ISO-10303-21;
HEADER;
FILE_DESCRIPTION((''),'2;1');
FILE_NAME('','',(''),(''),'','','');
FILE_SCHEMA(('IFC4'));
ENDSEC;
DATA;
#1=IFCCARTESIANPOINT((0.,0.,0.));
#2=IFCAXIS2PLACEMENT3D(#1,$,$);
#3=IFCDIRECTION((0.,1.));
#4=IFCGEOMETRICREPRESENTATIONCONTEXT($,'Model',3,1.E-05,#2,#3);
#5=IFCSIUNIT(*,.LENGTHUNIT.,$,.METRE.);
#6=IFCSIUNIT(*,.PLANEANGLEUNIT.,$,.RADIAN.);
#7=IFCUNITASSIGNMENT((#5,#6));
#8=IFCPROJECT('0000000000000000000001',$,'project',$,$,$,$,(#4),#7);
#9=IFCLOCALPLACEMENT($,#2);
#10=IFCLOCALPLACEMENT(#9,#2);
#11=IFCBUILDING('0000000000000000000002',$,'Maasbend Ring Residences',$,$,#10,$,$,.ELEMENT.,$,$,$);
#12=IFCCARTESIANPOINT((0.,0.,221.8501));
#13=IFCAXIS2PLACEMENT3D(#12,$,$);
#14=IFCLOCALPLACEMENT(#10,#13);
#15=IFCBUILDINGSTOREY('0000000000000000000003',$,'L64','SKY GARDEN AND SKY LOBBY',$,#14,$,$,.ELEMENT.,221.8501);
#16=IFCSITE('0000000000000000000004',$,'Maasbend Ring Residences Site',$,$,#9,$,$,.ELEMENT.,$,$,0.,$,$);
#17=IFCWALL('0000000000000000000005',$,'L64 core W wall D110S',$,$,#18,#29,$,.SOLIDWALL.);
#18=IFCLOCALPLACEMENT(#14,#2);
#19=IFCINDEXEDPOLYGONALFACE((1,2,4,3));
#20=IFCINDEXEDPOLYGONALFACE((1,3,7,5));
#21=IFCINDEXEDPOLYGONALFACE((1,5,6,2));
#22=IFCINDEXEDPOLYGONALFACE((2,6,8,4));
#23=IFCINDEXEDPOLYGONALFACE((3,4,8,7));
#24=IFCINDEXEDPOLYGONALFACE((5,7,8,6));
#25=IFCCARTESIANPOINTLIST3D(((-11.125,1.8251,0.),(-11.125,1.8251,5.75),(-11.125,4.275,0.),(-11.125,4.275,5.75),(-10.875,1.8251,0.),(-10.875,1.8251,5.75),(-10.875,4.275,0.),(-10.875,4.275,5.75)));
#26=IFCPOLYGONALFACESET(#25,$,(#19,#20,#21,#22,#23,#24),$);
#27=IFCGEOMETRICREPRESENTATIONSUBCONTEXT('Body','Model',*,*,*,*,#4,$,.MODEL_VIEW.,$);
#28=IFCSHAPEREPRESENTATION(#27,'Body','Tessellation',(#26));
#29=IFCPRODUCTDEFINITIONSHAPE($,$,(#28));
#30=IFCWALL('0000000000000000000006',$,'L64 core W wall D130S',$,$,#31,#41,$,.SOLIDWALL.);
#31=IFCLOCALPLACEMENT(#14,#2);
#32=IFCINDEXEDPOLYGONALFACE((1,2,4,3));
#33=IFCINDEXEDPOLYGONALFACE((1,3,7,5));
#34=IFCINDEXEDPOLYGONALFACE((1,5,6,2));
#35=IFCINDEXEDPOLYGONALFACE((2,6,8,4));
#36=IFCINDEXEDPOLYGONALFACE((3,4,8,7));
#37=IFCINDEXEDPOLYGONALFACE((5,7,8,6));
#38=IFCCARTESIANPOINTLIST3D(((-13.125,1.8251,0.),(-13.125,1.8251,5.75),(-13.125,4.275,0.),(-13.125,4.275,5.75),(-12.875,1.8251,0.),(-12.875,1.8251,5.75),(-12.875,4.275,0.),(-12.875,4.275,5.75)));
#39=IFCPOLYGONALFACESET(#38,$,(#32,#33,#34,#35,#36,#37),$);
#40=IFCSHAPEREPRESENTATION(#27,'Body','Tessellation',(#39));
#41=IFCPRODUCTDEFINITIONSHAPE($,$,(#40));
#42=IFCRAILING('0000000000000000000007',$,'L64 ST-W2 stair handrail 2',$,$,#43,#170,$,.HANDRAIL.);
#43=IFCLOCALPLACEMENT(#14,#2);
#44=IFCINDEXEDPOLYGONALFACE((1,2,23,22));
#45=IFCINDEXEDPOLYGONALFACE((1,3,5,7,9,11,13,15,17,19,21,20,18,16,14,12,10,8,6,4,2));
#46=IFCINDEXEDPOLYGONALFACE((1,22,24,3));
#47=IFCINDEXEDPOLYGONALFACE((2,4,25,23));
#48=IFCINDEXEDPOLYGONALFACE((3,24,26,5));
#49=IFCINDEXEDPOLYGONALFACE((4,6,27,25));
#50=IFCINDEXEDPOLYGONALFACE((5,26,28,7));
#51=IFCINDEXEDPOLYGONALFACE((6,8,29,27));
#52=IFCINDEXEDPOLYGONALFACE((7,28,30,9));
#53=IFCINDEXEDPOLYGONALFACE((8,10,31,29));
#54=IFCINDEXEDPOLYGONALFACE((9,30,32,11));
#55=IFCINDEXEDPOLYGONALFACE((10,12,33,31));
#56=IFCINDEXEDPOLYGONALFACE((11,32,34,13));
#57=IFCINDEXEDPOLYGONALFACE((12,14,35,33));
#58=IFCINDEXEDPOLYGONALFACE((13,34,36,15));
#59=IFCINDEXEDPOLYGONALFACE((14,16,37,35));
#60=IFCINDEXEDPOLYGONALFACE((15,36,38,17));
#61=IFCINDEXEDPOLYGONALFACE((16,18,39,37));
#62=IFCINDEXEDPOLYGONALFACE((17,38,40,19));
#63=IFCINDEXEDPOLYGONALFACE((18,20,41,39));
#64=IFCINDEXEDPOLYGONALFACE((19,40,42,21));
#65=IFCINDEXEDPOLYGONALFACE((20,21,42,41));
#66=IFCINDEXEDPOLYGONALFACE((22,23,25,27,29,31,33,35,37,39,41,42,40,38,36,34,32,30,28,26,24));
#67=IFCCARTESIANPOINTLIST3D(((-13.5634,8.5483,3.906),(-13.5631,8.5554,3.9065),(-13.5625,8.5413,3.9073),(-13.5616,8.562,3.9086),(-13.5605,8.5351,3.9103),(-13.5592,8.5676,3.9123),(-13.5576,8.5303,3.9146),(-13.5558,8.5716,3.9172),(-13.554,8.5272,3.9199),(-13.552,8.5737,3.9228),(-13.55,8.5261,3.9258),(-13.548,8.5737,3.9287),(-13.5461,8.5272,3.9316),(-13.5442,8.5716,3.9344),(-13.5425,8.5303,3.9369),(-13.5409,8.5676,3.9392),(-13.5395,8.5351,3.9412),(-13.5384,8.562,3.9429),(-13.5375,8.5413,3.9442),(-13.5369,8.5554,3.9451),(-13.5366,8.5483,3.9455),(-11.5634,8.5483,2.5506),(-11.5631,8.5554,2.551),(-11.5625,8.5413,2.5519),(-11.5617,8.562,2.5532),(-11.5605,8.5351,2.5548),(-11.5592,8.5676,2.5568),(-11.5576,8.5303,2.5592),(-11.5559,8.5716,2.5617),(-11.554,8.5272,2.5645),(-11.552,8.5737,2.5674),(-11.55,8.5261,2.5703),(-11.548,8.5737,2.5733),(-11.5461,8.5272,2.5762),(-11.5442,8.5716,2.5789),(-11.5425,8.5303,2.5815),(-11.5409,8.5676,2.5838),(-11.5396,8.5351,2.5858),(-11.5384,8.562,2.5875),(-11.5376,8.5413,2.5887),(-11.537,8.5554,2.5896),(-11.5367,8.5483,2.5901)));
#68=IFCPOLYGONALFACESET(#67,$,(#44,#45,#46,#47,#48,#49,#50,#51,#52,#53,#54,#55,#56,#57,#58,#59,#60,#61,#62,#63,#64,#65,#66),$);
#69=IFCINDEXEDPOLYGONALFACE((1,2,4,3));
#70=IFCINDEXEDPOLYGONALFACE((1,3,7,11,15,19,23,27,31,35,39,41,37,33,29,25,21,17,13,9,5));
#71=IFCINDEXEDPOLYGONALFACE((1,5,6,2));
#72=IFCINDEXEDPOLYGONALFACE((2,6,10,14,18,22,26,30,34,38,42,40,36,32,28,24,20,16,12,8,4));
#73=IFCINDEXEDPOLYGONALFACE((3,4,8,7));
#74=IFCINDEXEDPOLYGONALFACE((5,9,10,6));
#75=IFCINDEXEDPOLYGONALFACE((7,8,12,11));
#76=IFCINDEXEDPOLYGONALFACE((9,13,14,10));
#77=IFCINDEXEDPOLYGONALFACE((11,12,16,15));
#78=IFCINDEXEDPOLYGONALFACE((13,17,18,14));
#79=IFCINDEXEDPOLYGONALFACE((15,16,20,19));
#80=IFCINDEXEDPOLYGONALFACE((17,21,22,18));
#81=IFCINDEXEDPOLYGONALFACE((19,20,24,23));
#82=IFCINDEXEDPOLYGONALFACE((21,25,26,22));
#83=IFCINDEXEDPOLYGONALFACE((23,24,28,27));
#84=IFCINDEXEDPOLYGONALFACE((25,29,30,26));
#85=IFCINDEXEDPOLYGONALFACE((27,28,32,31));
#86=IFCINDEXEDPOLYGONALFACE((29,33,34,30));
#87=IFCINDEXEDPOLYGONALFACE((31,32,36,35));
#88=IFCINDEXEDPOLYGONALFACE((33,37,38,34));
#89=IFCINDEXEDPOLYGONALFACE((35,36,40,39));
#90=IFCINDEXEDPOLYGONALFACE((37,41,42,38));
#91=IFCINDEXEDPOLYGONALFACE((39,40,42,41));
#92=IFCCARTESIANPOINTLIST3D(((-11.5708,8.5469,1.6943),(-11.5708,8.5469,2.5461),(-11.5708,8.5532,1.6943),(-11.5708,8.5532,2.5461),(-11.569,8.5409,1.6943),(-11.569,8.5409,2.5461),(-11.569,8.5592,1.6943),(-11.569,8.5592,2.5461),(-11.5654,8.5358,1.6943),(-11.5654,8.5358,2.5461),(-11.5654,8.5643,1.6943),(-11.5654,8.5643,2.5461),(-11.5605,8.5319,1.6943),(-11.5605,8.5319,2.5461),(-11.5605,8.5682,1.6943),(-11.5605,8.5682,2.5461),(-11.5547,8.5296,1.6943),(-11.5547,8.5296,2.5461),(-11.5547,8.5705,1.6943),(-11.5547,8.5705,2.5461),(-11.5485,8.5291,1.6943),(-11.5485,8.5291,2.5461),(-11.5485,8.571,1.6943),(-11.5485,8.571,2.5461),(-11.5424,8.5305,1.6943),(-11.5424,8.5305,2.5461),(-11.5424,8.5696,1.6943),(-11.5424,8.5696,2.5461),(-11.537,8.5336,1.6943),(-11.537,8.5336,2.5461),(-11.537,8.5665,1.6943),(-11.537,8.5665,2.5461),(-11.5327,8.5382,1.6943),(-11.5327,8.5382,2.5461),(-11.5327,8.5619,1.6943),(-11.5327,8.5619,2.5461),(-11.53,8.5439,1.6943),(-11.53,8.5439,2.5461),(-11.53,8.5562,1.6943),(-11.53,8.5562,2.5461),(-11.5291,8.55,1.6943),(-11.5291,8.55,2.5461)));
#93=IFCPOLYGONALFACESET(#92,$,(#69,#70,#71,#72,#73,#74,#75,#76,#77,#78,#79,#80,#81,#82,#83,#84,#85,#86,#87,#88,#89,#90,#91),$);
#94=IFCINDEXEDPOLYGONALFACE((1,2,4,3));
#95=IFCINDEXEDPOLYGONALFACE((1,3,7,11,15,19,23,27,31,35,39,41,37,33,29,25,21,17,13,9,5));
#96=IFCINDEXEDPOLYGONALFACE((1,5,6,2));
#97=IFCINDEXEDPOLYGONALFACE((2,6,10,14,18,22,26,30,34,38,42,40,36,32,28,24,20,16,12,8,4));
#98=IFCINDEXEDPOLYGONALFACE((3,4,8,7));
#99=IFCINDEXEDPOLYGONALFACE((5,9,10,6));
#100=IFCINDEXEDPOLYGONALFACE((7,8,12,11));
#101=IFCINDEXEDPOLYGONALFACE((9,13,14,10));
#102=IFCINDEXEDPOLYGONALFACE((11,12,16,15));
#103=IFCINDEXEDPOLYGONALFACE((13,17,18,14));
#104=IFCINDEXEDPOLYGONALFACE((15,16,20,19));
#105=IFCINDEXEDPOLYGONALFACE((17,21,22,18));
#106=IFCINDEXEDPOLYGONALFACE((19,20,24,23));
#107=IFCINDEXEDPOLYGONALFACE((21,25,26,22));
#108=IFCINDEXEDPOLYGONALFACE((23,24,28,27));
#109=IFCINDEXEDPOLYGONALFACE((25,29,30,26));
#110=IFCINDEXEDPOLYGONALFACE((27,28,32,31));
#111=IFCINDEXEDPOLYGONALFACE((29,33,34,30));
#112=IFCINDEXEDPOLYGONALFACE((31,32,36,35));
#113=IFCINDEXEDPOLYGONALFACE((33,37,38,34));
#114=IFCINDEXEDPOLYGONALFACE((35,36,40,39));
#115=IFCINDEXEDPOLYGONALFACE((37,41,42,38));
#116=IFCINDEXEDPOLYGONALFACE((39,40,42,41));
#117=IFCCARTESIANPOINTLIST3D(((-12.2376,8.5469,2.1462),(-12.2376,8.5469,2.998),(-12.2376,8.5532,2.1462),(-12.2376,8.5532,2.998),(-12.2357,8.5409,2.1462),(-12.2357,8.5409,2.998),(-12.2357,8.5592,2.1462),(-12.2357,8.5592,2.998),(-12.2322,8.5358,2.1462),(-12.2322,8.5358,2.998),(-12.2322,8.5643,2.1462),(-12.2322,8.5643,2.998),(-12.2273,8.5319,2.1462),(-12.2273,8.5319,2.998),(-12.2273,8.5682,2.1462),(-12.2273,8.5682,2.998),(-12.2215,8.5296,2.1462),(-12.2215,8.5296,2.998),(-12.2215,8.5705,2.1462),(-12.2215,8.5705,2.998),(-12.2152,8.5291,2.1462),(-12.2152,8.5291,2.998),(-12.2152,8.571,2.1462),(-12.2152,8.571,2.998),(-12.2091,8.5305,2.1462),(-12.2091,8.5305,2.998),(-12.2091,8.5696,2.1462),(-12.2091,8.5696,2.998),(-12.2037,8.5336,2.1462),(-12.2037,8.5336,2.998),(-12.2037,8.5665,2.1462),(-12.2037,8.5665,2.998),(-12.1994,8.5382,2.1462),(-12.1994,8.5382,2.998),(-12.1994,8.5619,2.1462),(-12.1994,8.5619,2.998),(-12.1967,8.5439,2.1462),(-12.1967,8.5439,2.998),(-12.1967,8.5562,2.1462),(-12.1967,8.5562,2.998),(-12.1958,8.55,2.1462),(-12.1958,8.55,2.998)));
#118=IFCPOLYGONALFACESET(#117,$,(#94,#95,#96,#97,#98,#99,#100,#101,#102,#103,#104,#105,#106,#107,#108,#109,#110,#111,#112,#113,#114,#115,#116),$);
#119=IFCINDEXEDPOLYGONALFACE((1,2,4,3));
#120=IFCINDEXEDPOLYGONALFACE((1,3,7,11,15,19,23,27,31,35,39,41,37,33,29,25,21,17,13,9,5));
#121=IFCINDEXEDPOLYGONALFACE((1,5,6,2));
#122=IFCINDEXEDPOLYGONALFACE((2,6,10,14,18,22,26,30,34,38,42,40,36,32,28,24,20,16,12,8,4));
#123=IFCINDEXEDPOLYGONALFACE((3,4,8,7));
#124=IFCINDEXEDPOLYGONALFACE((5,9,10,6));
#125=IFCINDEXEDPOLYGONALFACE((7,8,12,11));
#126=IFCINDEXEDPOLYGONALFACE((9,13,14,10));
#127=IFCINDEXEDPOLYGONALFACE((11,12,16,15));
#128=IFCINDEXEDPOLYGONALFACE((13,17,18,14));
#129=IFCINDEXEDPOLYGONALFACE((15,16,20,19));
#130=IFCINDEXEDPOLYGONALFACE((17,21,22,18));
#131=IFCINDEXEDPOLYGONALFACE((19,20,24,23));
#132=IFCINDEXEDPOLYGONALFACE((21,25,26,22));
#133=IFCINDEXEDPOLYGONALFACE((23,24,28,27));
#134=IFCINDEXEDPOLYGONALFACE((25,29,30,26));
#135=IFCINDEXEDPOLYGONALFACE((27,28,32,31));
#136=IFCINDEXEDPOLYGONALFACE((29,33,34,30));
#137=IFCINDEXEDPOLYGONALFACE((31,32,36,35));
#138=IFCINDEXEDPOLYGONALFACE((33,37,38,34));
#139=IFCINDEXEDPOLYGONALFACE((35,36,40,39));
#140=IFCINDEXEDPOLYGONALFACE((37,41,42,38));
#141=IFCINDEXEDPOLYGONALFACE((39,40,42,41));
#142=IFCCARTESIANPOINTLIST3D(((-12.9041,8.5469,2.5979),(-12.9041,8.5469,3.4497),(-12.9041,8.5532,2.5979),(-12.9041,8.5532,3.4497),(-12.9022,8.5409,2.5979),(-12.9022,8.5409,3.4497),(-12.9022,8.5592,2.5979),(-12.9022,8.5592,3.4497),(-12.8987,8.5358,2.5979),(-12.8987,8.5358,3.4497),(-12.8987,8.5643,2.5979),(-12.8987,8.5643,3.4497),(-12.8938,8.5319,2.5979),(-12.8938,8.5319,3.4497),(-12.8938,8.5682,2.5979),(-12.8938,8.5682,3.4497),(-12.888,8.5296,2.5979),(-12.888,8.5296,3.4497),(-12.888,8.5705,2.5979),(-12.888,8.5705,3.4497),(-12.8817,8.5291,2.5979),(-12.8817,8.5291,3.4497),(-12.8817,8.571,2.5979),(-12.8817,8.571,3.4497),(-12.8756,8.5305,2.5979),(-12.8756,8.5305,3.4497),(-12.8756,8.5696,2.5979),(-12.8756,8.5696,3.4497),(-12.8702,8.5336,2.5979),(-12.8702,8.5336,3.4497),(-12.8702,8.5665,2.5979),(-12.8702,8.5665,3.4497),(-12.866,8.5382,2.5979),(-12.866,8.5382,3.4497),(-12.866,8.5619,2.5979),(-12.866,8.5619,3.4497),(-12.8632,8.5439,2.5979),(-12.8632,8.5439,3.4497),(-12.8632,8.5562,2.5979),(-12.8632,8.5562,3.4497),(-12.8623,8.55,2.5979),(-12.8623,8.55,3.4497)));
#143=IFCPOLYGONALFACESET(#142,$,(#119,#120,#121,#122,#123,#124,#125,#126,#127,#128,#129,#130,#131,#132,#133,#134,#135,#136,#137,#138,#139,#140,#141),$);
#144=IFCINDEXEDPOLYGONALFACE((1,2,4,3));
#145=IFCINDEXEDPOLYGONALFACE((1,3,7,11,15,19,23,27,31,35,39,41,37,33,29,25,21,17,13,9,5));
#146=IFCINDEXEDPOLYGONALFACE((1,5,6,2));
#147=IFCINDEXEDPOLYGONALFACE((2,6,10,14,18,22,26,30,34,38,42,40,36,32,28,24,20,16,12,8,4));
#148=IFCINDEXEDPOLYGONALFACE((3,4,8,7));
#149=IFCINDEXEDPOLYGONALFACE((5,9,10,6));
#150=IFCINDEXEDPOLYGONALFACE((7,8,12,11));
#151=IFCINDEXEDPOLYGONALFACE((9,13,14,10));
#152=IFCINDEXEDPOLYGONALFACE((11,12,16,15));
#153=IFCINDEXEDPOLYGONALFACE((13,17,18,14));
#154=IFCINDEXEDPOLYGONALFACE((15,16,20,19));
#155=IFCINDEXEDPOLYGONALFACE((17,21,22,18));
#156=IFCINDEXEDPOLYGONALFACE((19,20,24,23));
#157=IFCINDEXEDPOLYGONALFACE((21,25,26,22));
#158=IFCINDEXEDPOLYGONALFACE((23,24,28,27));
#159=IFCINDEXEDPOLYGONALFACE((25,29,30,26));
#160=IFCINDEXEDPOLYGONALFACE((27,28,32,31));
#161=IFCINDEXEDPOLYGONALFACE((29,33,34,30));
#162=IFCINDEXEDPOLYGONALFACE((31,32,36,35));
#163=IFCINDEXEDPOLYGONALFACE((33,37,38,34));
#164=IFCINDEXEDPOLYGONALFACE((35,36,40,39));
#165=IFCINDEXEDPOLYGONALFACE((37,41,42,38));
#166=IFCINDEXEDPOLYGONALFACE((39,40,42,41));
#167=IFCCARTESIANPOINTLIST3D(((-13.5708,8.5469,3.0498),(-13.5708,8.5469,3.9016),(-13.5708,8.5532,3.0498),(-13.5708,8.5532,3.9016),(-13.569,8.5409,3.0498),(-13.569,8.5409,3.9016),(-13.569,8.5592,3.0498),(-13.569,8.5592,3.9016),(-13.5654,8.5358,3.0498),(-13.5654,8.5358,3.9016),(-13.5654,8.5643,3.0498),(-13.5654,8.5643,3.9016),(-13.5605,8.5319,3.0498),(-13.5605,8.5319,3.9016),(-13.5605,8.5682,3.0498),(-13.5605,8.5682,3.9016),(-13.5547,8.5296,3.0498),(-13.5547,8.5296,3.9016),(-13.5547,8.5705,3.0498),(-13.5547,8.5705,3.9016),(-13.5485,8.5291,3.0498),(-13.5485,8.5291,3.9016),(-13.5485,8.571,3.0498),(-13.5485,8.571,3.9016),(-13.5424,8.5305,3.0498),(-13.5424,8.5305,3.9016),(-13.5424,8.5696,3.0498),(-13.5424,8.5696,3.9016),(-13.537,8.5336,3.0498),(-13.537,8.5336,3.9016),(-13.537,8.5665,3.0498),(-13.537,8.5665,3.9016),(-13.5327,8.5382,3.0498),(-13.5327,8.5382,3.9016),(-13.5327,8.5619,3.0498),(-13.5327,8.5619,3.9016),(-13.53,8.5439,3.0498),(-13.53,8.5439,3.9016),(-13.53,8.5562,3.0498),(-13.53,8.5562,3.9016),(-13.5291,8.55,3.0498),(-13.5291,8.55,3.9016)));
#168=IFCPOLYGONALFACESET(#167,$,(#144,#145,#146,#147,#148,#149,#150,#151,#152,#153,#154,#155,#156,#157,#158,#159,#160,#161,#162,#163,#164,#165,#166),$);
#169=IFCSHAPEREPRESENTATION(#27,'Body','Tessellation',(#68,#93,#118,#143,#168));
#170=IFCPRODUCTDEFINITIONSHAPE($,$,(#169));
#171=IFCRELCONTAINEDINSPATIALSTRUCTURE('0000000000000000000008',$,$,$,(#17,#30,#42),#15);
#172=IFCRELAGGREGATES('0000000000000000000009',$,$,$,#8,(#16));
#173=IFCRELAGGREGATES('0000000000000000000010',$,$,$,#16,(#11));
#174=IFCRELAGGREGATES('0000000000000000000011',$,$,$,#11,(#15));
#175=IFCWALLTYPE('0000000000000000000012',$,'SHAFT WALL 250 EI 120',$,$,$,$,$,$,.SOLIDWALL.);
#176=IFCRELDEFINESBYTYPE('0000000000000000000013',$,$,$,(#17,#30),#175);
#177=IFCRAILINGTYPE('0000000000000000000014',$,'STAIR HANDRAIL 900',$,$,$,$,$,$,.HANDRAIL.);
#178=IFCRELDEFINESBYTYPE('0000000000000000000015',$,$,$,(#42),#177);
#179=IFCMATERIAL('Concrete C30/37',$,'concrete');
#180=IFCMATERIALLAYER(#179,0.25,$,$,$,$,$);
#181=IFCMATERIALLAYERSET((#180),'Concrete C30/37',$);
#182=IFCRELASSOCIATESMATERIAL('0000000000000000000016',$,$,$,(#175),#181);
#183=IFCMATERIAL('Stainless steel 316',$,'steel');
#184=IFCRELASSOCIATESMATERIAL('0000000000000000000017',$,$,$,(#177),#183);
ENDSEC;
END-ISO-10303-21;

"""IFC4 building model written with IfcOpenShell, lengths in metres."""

from ifc_helpers import new_model, si_unit, direction, frame, frame_2d, origin, origin_2d, place, context, subcontext, project, spatial, rectangle, circle, extrude, material, layer, layer_set, type_object, element, save


model = new_model("IFC4")

# Units and contexts
model_context = context("Model", 3, precision=1e-05, world=origin(), true_north=direction((0.0, 1.0)))
body_context = subcontext(model_context, "Body", "Model", "MODEL_VIEW")
ifc_project = project(units=[si_unit("LENGTHUNIT", "METRE"), si_unit("PLANEANGLEUNIT", "RADIAN")], contexts=[model_context])

# Site, building, storey
site_placement = place(None, origin())
site = spatial("IfcSite", under=ifc_project, at=site_placement, Name="Maasbend Ring Residences Site", CompositionType="ELEMENT", RefElevation=0.0)
building_placement = place(site_placement, origin())
building = spatial("IfcBuilding", under=site, at=building_placement, Name="Maasbend Ring Residences", CompositionType="ELEMENT")
storey_placement = place(building_placement, frame((0.0, 0.0, 221.8501)))
storey = spatial("IfcBuildingStorey", under=building, at=storey_placement, Name="L64", Description="SKY GARDEN AND SKY LOBBY", CompositionType="ELEMENT", Elevation=221.8501)

# Walls
ifc_material_1 = material(Name="Concrete C30/37", Category="concrete")
ifc_layer_1 = layer(ifc_material_1, 0.25)
ifc_layer_set_1 = layer_set([ifc_layer_1], Name="Concrete C30/37")
wall_type_1 = type_object("IfcWallType", Name="SHAFT WALL 250 EI 120", PredefinedType="SOLIDWALL", material=ifc_layer_set_1)
for number, where, z_axis, x_axis, name in (
    (1, (-11.0, 1.825, 0.0), (0.0, 0.0, 1.0), (0.0, 1.0, 0.0), "L64 core W wall D110S"),
    (2, (-13.0, 1.825, 0.0), (0.0, 0.0, 1.0), (0.0, 1.0, 0.0), "L64 core W wall D130S"),
):
    element("IfcWall", number, at=place(storey_placement, frame(where, z_axis=z_axis, x_axis=x_axis)), inside=storey, type_object=wall_type_1, Name=name, PredefinedType="SOLIDWALL", context=body_context, shape_type="SweptSolid", body=[
        extrude(rectangle(XDim=2.45, YDim=0.25, at=frame_2d((1.2251, 0.0))), origin(), (0.0, 0.0, 1.0), 5.75),
    ])

# Railing
ifc_material_2 = material(Name="Stainless steel 316", Category="steel")
railing_type = type_object("IfcRailingType", Name="STAIR HANDRAIL 900", PredefinedType="HANDRAIL", material=ifc_material_2)
railing_1_placement = place(storey_placement, frame((-11.55, 8.55, 1.6943)))
element("IfcRailing", 3, at=railing_1_placement, inside=storey, type_object=railing_type, Name="L64 ST-W2 stair handrail 2", PredefinedType="HANDRAIL", context=body_context, shape_type="SweptSolid", body=[
    extrude(circle(Radius=0.0239, at=origin_2d()), frame((0.0, 0.0, 0.876), z_axis=(-0.827798, 0.0, 0.561027), x_axis=(0.0, -1.0, 0.0)), (0.0, 0.0, 1.0), 2.416),
    extrude(circle(Radius=0.021, at=origin_2d()), origin(), (0.0, 0.0, 1.0), 0.8518),
    extrude(circle(Radius=0.021, at=origin_2d()), frame((-0.6667, 0.0, 0.4519)), (0.0, 0.0, 1.0), 0.8518),
    extrude(circle(Radius=0.021, at=origin_2d()), frame((-1.3333, 0.0, 0.9036)), (0.0, 0.0, 1.0), 0.8518),
    extrude(circle(Radius=0.021, at=origin_2d()), frame((-2.0, 0.0, 1.3555)), (0.0, 0.0, 1.0), 0.8518),
])

save(model, "model.ifc")
